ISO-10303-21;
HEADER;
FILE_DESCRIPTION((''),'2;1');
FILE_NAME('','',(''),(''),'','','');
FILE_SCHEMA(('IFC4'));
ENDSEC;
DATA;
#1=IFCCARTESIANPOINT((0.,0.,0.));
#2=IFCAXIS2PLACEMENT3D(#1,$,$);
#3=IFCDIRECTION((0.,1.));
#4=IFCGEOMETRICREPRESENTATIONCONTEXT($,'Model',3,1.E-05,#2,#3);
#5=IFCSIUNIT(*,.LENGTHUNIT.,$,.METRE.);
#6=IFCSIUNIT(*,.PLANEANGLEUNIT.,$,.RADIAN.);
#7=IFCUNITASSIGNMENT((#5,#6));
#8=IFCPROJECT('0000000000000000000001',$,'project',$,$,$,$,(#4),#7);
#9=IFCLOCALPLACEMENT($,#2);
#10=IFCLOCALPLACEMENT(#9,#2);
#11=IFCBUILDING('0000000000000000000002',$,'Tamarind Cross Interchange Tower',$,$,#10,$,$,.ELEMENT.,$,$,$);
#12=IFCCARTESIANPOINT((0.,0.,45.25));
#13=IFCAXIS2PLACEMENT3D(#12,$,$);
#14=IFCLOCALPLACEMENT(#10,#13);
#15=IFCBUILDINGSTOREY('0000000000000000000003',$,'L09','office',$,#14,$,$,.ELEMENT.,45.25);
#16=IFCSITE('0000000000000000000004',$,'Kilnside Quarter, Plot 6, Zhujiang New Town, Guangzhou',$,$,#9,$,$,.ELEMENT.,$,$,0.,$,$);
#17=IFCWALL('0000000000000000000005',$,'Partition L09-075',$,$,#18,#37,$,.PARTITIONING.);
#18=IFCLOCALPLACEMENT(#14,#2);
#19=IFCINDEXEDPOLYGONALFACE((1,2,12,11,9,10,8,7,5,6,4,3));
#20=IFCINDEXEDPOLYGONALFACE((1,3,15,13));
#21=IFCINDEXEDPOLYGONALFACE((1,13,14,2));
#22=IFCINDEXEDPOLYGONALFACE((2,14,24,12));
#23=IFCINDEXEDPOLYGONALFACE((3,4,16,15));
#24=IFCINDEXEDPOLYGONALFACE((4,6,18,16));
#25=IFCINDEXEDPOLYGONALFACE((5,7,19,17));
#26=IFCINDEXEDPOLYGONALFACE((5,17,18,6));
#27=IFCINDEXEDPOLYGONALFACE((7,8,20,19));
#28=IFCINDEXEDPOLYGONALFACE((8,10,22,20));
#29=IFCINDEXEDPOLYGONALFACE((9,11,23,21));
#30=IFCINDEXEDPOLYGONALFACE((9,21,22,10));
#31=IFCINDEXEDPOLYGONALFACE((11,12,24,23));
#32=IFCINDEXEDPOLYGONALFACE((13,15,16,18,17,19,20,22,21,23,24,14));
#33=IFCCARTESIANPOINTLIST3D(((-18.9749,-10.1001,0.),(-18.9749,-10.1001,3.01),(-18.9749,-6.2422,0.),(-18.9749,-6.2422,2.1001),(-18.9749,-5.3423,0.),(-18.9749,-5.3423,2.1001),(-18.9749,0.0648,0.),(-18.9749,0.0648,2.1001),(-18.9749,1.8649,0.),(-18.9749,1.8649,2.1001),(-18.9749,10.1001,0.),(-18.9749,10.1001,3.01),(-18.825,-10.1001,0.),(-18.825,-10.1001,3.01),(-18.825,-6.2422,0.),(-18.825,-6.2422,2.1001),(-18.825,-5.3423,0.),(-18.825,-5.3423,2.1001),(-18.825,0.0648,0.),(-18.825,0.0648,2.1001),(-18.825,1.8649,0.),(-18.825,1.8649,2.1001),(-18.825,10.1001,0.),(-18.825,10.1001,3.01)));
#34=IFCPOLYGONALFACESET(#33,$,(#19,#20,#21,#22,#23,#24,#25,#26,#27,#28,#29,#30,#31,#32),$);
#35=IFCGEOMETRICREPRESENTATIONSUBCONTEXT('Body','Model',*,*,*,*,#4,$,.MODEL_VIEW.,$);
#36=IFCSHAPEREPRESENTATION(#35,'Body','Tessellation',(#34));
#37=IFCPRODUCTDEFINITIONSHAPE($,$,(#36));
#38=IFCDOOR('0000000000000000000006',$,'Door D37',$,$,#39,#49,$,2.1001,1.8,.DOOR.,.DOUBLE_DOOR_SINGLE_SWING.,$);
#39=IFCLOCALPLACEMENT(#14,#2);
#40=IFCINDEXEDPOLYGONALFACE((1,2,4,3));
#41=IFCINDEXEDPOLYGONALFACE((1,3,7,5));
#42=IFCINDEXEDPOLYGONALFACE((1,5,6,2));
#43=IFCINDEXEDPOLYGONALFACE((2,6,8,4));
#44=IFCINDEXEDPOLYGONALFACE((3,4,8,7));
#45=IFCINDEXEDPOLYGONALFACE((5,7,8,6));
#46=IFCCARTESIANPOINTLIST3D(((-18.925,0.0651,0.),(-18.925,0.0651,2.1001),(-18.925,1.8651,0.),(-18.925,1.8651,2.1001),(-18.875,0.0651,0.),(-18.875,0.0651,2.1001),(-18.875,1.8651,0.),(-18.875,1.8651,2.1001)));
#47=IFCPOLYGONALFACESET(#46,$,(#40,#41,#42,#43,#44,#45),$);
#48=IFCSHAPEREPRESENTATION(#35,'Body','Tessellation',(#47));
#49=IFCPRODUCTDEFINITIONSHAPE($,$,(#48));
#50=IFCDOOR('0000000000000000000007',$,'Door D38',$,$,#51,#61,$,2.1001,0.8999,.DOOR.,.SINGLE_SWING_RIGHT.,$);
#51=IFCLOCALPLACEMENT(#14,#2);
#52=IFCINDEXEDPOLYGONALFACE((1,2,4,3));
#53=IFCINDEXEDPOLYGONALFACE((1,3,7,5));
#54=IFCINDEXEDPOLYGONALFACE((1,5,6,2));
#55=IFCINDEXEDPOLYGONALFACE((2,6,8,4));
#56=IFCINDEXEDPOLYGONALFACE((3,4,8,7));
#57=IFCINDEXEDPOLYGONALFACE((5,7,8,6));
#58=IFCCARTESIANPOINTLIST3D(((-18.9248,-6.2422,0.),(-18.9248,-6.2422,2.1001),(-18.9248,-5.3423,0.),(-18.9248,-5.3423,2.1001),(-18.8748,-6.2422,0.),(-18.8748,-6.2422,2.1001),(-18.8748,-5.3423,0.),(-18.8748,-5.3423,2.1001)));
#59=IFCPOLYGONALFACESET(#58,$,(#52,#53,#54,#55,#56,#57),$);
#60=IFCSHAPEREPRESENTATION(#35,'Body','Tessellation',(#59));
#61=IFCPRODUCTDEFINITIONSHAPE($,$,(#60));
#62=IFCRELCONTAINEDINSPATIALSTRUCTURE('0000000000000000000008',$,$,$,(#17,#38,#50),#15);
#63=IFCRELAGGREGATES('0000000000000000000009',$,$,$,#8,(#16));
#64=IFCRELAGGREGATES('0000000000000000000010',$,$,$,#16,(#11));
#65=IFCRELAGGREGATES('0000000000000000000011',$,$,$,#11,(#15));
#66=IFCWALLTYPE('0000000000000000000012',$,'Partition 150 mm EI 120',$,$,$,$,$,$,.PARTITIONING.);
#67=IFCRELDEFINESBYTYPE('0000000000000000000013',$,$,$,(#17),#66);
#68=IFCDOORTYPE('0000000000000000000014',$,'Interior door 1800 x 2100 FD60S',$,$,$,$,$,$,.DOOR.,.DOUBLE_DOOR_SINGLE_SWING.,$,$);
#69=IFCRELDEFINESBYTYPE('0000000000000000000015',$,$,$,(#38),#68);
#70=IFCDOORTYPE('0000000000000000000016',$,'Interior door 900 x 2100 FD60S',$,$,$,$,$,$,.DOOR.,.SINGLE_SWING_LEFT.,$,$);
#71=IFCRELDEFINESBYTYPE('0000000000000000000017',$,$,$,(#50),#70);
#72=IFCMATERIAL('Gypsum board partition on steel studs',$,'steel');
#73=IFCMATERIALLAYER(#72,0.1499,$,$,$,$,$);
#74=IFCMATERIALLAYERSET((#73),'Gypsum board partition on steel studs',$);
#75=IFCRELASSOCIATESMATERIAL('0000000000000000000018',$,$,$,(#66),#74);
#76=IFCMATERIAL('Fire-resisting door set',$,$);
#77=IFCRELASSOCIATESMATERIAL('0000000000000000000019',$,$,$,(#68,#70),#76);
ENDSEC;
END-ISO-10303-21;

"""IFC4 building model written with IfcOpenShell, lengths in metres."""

from ifc_helpers import new_model, si_unit, direction, frame, frame_2d, origin, place, context, subcontext, project, spatial, rectangle, extrude, material, layer, layer_set, type_object, element, fill, save


model = new_model("IFC4")

# Units and contexts
model_context = context("Model", 3, precision=1e-05, world=origin(), true_north=direction((0.0, 1.0)))
body_context = subcontext(model_context, "Body", "Model", "MODEL_VIEW")
ifc_project = project(units=[si_unit("LENGTHUNIT", "METRE"), si_unit("PLANEANGLEUNIT", "RADIAN")], contexts=[model_context])

# Site, building, storey
site_placement = place(None, origin())
site = spatial("IfcSite", under=ifc_project, at=site_placement, Name="Kilnside Quarter, Plot 6, Zhujiang New Town, Guangzhou", CompositionType="ELEMENT", RefElevation=0.0)
building_placement = place(site_placement, origin())
building = spatial("IfcBuilding", under=site, at=building_placement, Name="Tamarind Cross Interchange Tower", CompositionType="ELEMENT")
storey_placement = place(building_placement, frame((0.0, 0.0, 45.25)))
storey = spatial("IfcBuildingStorey", under=building, at=storey_placement, Name="L09", Description="office", CompositionType="ELEMENT", Elevation=45.25)

# Shared definitions
ifc_material_1 = material(Name="Gypsum board partition on steel studs", Category="steel")
ifc_layer_1 = layer(ifc_material_1, 0.1499)
ifc_layer_set_1 = layer_set([ifc_layer_1], Name="Gypsum board partition on steel studs")
wall_type_1 = type_object("IfcWallType", Name="Partition 150 mm EI 120", PredefinedType="PARTITIONING", material=ifc_layer_set_1)

# Wall, openings, doors
ifc_material_2 = material(Name="Fire-resisting door set")
door_type_1 = type_object("IfcDoorType", Name="Interior door 1800 x 2100 FD60S", OperationType="DOUBLE_DOOR_SINGLE_SWING", PredefinedType="DOOR", material=ifc_material_2)
wall_1_placement = place(storey_placement, frame((-18.8999, -10.1001, 0.0), z_axis=(0.0, 0.0, 1.0), x_axis=(0.0, 1.0, 0.0)))
wall_1 = element("IfcWall", 1, at=wall_1_placement, inside=storey, type_object=wall_type_1, Name="Partition L09-075", PredefinedType="PARTITIONING", context=body_context, shape_type="SweptSolid", body=[
    extrude(rectangle(XDim=20.2002, YDim=0.1499, at=frame_2d((10.1001, 0.0))), origin(), (0.0, 0.0, 1.0), 3.01),
])
opening_1_placement = place(wall_1_placement, frame((10.165, 0.0, 0.0)))
opening_1 = element("IfcOpeningElement", 2, at=opening_1_placement, cuts=wall_1, PredefinedType="OPENING", context=body_context, shape_type="SweptSolid", body=[
    extrude(rectangle(XDim=1.8, YDim=2.1001, at=frame_2d((0.8999, 1.05))), frame((0.0, 0.085, 0.0), z_axis=(0.0, -1.0, 0.0), x_axis=(1.0, 0.0, 0.0)), (0.0, 0.0, 1.0), 0.1699),
])
opening_2_placement = place(wall_1_placement, frame((3.8579, 0.0, 0.0)))
opening_2 = element("IfcOpeningElement", 3, at=opening_2_placement, cuts=wall_1, PredefinedType="OPENING", context=body_context, shape_type="SweptSolid", body=[
    extrude(rectangle(XDim=0.8999, YDim=2.1001, at=frame_2d((0.45, 1.05))), frame((0.0, 0.085, 0.0), z_axis=(0.0, -1.0, 0.0), x_axis=(1.0, 0.0, 0.0)), (0.0, 0.0, 1.0), 0.1699),
])
door_1_placement = place(opening_1_placement, frame((1.8, 0.0, 0.0), z_axis=(0.0, 0.0, 1.0), x_axis=(-1.0, 0.0, 0.0)))
door_1 = element("IfcDoor", 4, at=door_1_placement, inside=storey, type_object=door_type_1, Name="Door D37", OperationType="DOUBLE_DOOR_SINGLE_SWING", OverallHeight=2.1001, OverallWidth=1.8, PredefinedType="DOOR", context=body_context, shape_type="SweptSolid", body=[
    extrude(rectangle(XDim=1.8, YDim=2.1001, at=frame_2d((0.8999, 1.05))), frame((0.0, 0.0249, 0.0), z_axis=(0.0, -1.0, 0.0), x_axis=(1.0, 0.0, 0.0)), (0.0, 0.0, 1.0), 0.05),
])
fill(opening_1, door_1)
door_type_2 = type_object("IfcDoorType", Name="Interior door 900 x 2100 FD60S", OperationType="SINGLE_SWING_LEFT", PredefinedType="DOOR", material=ifc_material_2)
door_2_placement = place(opening_2_placement, origin())
door_2 = element("IfcDoor", 5, at=door_2_placement, inside=storey, type_object=door_type_2, Name="Door D38", OperationType="SINGLE_SWING_RIGHT", OverallHeight=2.1001, OverallWidth=0.8999, PredefinedType="DOOR", context=body_context, shape_type="SweptSolid", body=[
    extrude(rectangle(XDim=0.8999, YDim=2.1001, at=frame_2d((0.45, 1.05))), frame((0.0, 0.0249, 0.0), z_axis=(0.0, -1.0, 0.0), x_axis=(1.0, 0.0, 0.0)), (0.0, 0.0, 1.0), 0.05),
])
fill(opening_2, door_2)

save(model, "model.ifc")
